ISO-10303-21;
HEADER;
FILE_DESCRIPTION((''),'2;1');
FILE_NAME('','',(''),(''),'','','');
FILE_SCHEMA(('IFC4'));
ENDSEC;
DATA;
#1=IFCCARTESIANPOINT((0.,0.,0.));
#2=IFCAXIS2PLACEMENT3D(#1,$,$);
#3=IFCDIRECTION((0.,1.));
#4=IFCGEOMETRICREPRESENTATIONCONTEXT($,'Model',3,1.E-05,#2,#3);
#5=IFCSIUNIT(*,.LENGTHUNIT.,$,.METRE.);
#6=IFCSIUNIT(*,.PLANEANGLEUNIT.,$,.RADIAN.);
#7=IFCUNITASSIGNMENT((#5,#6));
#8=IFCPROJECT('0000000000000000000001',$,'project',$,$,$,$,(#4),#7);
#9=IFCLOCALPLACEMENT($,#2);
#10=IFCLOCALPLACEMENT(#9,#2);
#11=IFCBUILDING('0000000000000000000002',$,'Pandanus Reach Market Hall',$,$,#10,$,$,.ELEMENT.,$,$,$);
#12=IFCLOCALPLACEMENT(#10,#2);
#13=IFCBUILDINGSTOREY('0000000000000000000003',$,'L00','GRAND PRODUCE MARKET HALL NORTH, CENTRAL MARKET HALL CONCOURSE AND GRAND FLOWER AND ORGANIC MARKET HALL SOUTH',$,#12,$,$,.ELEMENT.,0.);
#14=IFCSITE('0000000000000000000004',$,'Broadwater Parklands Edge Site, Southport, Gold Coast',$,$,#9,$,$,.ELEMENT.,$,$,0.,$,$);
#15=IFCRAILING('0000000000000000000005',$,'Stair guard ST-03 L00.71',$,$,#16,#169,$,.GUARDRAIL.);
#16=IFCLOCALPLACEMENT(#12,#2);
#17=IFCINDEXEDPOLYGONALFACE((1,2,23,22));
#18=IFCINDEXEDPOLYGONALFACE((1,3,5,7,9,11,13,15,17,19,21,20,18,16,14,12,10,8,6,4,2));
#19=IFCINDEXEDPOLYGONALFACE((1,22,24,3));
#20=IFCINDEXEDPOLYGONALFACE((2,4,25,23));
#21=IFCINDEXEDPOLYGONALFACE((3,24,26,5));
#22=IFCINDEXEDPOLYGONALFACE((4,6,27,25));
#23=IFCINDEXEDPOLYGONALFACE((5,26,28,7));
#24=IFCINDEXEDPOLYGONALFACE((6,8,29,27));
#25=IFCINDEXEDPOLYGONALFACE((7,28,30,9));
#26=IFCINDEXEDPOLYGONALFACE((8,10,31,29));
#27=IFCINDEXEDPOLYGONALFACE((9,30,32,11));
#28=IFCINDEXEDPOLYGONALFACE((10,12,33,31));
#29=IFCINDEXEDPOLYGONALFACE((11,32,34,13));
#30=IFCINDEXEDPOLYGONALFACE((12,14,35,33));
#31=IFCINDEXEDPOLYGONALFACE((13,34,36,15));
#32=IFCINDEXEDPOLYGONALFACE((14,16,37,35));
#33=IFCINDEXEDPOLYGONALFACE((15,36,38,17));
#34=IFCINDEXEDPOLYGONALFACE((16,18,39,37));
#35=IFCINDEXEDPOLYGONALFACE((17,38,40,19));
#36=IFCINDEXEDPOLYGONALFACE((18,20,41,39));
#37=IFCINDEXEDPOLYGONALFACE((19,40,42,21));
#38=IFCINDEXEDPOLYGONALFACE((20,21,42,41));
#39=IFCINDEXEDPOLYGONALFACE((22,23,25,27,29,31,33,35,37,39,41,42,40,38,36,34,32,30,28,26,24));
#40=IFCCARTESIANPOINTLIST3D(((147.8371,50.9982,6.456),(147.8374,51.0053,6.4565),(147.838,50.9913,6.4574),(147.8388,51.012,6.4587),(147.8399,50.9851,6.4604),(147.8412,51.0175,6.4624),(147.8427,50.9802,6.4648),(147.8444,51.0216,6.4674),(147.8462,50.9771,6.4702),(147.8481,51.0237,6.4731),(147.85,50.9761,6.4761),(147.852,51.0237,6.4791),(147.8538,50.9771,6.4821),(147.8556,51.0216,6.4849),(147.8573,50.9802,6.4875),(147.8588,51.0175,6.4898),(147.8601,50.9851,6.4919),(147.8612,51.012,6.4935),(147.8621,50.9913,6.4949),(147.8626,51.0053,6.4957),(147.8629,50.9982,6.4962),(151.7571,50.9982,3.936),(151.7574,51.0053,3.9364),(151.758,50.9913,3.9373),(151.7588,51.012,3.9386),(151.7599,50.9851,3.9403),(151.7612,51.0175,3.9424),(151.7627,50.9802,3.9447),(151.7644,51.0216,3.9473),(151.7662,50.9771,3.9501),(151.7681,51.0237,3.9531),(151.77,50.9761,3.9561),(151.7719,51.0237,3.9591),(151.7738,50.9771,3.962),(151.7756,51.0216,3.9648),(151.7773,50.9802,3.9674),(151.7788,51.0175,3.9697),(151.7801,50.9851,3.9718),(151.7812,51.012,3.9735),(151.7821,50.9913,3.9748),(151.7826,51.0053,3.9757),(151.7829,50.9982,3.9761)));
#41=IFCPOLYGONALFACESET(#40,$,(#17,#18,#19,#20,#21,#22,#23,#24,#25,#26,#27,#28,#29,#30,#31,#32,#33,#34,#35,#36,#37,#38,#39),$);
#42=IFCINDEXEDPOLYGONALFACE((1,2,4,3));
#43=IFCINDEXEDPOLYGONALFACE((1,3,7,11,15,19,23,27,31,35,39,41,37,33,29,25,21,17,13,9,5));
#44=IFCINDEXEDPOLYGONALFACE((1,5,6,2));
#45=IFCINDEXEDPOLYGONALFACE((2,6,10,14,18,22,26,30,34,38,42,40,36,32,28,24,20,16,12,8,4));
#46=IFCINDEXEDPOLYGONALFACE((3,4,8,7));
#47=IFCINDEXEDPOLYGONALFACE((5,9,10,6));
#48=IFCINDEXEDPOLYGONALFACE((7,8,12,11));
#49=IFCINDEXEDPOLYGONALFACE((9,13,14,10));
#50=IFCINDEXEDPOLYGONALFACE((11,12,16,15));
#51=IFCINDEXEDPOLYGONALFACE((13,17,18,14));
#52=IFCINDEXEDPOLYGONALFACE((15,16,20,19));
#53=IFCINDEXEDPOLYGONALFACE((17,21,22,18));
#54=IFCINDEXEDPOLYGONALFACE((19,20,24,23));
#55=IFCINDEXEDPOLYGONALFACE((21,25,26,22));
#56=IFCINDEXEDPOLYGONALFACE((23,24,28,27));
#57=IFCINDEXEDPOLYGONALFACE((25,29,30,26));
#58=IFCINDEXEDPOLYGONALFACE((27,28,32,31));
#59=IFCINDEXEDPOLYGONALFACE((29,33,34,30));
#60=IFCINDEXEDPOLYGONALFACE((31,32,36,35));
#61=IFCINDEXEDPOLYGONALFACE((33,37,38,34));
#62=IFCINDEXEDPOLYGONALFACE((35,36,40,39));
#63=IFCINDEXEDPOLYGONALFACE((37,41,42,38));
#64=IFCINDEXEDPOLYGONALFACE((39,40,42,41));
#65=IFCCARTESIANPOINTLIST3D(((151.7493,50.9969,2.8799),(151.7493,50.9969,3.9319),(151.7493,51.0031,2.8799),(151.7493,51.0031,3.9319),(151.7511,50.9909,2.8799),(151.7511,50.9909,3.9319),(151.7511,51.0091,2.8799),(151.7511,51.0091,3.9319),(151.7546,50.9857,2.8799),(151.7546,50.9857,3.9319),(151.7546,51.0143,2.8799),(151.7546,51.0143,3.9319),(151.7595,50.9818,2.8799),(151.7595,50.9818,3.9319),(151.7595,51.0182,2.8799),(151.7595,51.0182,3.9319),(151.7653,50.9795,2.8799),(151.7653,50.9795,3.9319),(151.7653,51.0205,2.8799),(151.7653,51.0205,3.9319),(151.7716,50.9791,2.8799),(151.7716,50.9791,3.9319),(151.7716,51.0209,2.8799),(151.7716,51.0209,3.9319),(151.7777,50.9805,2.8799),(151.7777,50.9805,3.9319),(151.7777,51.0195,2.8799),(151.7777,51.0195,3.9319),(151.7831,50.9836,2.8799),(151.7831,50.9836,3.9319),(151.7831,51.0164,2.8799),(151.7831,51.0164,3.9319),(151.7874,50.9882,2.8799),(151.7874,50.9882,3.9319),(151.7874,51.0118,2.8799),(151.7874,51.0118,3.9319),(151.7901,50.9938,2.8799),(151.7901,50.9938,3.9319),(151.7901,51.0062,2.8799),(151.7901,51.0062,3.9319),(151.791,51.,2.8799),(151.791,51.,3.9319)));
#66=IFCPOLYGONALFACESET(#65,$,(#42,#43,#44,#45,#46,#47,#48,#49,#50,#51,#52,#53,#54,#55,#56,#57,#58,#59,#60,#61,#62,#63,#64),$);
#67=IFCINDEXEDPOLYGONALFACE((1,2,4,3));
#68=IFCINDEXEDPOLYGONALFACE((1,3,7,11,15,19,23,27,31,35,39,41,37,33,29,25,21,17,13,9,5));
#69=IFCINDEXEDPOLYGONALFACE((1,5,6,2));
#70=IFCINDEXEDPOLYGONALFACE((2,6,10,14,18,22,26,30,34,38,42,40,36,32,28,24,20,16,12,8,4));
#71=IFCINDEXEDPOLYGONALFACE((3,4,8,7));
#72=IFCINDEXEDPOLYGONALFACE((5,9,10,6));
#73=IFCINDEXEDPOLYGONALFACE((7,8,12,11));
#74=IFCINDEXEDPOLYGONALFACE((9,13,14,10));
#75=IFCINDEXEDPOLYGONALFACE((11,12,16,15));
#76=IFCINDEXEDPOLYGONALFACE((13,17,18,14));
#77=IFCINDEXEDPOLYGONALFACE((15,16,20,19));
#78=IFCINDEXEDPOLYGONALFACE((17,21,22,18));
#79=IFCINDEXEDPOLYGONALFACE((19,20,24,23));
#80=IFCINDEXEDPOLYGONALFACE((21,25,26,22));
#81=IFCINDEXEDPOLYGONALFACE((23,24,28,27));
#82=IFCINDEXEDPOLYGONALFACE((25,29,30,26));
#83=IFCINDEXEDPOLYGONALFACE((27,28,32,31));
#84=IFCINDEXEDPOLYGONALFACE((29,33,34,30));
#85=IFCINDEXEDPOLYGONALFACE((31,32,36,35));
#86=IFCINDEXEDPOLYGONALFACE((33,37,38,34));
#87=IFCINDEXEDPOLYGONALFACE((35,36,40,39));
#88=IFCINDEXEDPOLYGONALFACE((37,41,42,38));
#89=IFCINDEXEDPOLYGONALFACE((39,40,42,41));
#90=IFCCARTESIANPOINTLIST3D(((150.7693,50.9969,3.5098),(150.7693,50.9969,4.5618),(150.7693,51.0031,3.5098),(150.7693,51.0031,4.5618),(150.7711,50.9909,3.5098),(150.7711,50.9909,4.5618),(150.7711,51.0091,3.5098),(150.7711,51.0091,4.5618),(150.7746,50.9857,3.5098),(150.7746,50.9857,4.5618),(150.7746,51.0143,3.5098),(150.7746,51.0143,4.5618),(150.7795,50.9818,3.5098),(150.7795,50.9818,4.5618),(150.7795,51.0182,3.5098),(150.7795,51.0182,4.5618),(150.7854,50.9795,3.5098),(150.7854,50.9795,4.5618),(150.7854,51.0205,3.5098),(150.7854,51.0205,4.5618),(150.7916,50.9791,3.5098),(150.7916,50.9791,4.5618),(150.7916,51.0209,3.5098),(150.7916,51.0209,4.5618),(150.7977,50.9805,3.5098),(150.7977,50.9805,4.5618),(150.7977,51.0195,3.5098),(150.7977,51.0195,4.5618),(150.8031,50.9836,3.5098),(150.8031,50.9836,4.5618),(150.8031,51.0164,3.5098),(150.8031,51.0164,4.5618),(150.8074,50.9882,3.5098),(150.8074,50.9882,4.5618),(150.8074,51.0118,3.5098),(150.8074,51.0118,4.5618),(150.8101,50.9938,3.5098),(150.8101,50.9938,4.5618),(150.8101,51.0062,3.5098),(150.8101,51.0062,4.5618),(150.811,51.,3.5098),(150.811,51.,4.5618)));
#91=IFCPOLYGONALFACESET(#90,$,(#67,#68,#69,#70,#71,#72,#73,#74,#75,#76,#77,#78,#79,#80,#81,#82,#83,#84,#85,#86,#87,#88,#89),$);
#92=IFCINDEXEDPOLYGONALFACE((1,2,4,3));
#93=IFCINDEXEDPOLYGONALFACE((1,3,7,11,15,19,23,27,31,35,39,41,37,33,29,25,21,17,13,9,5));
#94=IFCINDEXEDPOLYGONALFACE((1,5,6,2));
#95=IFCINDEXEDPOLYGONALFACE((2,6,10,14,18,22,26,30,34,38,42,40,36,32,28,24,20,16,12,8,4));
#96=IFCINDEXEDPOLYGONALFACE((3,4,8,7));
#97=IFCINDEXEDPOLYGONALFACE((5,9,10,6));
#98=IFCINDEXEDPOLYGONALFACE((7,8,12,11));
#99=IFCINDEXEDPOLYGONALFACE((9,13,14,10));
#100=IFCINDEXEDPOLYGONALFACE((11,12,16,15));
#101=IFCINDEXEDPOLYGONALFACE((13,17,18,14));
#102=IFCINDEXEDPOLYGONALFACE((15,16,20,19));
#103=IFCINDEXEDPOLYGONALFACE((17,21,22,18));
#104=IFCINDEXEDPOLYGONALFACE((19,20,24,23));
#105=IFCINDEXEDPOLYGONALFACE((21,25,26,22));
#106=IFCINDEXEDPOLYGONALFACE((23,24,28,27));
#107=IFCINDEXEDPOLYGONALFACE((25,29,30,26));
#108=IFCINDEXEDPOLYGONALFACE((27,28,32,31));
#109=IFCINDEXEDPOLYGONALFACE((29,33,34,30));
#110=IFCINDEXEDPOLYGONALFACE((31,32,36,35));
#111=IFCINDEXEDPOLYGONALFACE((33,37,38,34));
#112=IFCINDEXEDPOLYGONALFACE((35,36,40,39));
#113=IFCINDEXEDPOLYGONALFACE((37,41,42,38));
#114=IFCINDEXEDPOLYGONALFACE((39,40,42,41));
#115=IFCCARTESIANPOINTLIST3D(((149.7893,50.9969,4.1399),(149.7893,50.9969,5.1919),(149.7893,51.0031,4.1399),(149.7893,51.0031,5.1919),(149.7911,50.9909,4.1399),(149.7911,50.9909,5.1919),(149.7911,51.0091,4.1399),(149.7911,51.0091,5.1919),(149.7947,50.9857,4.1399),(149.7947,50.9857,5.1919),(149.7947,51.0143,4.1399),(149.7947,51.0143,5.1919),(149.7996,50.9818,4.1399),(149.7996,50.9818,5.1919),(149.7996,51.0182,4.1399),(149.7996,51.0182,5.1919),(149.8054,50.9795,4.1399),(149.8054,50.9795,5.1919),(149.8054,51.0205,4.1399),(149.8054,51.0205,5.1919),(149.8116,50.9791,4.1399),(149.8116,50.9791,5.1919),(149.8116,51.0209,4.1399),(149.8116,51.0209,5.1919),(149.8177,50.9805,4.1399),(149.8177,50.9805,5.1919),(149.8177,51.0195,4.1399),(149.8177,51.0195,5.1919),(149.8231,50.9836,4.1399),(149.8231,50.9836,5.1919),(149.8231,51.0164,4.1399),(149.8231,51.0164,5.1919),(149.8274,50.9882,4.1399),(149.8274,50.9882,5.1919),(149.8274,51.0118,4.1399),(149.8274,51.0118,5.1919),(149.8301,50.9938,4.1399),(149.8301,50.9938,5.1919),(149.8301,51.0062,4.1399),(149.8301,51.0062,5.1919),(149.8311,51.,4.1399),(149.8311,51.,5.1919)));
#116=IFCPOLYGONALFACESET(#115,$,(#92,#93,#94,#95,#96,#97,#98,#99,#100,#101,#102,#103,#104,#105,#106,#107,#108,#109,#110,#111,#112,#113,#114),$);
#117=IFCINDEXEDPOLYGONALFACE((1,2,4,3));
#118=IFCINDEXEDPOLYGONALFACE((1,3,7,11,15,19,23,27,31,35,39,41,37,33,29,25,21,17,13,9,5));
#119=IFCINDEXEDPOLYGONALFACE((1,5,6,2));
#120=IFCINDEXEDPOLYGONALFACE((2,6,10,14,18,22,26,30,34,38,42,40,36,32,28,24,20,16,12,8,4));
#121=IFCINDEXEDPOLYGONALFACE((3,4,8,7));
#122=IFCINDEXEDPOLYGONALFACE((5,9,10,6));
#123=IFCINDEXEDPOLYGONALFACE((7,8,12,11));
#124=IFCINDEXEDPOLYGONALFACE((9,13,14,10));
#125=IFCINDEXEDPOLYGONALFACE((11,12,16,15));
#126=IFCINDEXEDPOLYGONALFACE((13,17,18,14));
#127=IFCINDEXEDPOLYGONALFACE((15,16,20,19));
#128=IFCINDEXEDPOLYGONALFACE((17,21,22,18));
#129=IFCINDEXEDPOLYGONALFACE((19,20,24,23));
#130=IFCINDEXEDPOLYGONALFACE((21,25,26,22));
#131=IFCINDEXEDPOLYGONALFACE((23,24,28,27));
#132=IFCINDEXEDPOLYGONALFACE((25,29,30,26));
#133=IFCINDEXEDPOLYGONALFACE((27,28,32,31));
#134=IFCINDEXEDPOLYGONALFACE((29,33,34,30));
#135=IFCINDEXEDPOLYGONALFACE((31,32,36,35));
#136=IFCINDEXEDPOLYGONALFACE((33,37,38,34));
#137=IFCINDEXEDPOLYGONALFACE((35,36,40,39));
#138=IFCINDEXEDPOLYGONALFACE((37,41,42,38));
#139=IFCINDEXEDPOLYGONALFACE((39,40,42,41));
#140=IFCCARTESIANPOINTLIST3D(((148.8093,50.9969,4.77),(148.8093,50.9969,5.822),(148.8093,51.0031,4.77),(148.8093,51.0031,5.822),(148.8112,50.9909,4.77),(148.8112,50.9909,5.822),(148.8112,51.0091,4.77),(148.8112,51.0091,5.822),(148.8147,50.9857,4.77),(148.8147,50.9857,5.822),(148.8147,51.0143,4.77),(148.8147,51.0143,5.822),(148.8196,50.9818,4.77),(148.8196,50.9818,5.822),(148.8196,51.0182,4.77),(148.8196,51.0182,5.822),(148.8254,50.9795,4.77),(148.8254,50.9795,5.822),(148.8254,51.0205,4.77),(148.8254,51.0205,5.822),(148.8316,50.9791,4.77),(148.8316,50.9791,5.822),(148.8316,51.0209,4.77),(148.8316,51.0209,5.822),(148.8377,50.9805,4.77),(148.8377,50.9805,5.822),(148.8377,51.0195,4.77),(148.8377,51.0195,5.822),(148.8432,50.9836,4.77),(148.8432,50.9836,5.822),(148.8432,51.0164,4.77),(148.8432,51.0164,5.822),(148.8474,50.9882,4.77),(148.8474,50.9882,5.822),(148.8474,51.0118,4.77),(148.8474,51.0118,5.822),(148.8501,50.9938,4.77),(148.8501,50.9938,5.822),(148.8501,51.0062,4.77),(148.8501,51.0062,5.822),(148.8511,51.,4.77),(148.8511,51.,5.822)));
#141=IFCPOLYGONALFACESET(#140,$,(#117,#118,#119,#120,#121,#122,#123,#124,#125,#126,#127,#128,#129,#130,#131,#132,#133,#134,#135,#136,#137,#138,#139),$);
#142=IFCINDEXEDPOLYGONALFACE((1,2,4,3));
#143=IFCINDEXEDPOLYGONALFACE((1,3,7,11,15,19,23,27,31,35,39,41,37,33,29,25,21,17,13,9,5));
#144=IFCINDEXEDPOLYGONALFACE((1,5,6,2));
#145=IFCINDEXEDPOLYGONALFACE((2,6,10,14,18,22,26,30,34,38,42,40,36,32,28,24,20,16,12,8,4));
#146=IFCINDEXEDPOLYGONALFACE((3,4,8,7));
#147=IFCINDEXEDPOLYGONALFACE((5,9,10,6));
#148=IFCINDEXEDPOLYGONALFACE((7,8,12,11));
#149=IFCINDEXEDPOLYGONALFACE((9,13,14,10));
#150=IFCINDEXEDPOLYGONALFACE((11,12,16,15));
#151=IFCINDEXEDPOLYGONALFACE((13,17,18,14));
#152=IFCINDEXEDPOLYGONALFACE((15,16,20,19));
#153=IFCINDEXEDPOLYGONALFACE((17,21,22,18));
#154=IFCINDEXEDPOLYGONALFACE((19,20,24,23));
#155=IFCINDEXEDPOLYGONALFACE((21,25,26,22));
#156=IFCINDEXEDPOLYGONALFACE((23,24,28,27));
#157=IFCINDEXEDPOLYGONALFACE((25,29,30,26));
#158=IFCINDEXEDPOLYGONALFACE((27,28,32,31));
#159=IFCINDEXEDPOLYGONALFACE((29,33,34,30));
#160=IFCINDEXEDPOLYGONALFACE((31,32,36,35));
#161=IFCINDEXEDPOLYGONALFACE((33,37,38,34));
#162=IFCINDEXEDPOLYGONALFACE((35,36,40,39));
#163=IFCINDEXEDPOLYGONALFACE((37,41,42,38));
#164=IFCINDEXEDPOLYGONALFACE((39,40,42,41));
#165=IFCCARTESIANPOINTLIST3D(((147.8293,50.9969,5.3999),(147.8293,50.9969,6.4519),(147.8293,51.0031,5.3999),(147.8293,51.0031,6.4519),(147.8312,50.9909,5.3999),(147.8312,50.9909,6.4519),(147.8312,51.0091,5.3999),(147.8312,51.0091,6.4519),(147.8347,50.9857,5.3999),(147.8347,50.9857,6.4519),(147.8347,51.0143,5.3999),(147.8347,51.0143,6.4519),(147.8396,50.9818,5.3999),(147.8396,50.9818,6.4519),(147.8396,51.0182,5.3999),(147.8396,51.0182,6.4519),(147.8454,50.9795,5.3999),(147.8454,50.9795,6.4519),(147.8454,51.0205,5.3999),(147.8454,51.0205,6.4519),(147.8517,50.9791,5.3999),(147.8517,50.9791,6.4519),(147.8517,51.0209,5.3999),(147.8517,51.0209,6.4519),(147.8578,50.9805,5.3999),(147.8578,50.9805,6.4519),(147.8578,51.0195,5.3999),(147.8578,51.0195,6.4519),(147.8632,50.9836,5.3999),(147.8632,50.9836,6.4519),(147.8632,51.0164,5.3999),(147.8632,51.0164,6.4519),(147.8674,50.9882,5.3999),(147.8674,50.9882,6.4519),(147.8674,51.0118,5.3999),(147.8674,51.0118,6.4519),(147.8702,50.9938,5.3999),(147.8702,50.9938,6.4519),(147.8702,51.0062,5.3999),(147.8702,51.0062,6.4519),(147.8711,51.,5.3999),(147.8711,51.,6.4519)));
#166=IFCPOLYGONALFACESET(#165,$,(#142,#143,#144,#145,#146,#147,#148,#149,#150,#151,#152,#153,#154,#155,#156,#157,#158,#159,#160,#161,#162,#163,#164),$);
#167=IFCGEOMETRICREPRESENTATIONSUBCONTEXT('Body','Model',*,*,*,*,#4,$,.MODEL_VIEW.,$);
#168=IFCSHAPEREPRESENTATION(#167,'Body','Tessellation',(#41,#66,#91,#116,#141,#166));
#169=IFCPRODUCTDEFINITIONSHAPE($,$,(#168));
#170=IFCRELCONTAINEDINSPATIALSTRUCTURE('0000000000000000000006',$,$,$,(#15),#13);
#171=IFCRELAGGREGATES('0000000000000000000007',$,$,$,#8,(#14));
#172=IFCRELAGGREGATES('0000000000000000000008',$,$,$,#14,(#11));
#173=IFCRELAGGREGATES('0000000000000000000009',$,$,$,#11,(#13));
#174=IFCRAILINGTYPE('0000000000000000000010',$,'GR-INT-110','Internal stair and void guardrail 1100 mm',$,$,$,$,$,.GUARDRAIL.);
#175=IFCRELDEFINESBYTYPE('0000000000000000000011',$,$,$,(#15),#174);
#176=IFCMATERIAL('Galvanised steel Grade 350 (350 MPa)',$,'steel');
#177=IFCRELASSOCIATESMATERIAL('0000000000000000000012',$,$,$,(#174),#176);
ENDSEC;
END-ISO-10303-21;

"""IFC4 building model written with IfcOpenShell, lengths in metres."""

from ifc_helpers import new_model, si_unit, direction, frame, origin, origin_2d, place, context, subcontext, project, spatial, circle, extrude, material, type_object, element, save


model = new_model("IFC4")

# Units and contexts
model_context = context("Model", 3, precision=1e-05, world=origin(), true_north=direction((0.0, 1.0)))
body_context = subcontext(model_context, "Body", "Model", "MODEL_VIEW")
ifc_project = project(units=[si_unit("LENGTHUNIT", "METRE"), si_unit("PLANEANGLEUNIT", "RADIAN")], contexts=[model_context])

# Site, building, storey
site_placement = place(None, origin())
site = spatial("IfcSite", under=ifc_project, at=site_placement, Name="Broadwater Parklands Edge Site, Southport, Gold Coast", CompositionType="ELEMENT", RefElevation=0.0)
building_placement = place(site_placement, origin())
building = spatial("IfcBuilding", under=site, at=building_placement, Name="Pandanus Reach Market Hall", CompositionType="ELEMENT")
storey_placement = place(building_placement, origin())
storey = spatial("IfcBuildingStorey", under=building, at=storey_placement, Name="L00", Description="GRAND PRODUCE MARKET HALL NORTH, CENTRAL MARKET HALL CONCOURSE AND GRAND FLOWER AND ORGANIC MARKET HALL SOUTH", CompositionType="ELEMENT", Elevation=0.0)

# Railing
ifc_material_1 = material(Name="Galvanised steel Grade 350 (350 MPa)", Category="steel")
railing_type_1 = type_object("IfcRailingType", Name="GR-INT-110", Description="Internal stair and void guardrail 1100 mm", PredefinedType="GUARDRAIL", material=ifc_material_1)
railing_1_placement = place(storey_placement, frame((151.77, 51.0, 2.8799)))
element("IfcRailing", 1, at=railing_1_placement, inside=storey, type_object=railing_type_1, Name="Stair guard ST-03 L00.71", PredefinedType="GUARDRAIL", context=body_context, shape_type="SweptSolid", body=[
    extrude(circle(Radius=0.0239, at=origin_2d()), frame((0.0, 0.0, 1.0762), z_axis=(-0.841172, 0.0, 0.540768), x_axis=(0.0, -1.0, 0.0)), (0.0, 0.0, 1.0), 4.6602),
    extrude(circle(Radius=0.021, at=origin_2d()), origin(), (0.0, 0.0, 1.0), 1.052),
    extrude(circle(Radius=0.021, at=origin_2d()), frame((-0.98, 0.0, 0.6299)), (0.0, 0.0, 1.0), 1.052),
    extrude(circle(Radius=0.021, at=origin_2d()), frame((-1.96, 0.0, 1.26)), (0.0, 0.0, 1.0), 1.052),
    extrude(circle(Radius=0.021, at=origin_2d()), frame((-2.9399, 0.0, 1.8901)), (0.0, 0.0, 1.0), 1.052),
    extrude(circle(Radius=0.021, at=origin_2d()), frame((-3.9199, 0.0, 2.52)), (0.0, 0.0, 1.0), 1.052),
])

save(model, "model.ifc")
